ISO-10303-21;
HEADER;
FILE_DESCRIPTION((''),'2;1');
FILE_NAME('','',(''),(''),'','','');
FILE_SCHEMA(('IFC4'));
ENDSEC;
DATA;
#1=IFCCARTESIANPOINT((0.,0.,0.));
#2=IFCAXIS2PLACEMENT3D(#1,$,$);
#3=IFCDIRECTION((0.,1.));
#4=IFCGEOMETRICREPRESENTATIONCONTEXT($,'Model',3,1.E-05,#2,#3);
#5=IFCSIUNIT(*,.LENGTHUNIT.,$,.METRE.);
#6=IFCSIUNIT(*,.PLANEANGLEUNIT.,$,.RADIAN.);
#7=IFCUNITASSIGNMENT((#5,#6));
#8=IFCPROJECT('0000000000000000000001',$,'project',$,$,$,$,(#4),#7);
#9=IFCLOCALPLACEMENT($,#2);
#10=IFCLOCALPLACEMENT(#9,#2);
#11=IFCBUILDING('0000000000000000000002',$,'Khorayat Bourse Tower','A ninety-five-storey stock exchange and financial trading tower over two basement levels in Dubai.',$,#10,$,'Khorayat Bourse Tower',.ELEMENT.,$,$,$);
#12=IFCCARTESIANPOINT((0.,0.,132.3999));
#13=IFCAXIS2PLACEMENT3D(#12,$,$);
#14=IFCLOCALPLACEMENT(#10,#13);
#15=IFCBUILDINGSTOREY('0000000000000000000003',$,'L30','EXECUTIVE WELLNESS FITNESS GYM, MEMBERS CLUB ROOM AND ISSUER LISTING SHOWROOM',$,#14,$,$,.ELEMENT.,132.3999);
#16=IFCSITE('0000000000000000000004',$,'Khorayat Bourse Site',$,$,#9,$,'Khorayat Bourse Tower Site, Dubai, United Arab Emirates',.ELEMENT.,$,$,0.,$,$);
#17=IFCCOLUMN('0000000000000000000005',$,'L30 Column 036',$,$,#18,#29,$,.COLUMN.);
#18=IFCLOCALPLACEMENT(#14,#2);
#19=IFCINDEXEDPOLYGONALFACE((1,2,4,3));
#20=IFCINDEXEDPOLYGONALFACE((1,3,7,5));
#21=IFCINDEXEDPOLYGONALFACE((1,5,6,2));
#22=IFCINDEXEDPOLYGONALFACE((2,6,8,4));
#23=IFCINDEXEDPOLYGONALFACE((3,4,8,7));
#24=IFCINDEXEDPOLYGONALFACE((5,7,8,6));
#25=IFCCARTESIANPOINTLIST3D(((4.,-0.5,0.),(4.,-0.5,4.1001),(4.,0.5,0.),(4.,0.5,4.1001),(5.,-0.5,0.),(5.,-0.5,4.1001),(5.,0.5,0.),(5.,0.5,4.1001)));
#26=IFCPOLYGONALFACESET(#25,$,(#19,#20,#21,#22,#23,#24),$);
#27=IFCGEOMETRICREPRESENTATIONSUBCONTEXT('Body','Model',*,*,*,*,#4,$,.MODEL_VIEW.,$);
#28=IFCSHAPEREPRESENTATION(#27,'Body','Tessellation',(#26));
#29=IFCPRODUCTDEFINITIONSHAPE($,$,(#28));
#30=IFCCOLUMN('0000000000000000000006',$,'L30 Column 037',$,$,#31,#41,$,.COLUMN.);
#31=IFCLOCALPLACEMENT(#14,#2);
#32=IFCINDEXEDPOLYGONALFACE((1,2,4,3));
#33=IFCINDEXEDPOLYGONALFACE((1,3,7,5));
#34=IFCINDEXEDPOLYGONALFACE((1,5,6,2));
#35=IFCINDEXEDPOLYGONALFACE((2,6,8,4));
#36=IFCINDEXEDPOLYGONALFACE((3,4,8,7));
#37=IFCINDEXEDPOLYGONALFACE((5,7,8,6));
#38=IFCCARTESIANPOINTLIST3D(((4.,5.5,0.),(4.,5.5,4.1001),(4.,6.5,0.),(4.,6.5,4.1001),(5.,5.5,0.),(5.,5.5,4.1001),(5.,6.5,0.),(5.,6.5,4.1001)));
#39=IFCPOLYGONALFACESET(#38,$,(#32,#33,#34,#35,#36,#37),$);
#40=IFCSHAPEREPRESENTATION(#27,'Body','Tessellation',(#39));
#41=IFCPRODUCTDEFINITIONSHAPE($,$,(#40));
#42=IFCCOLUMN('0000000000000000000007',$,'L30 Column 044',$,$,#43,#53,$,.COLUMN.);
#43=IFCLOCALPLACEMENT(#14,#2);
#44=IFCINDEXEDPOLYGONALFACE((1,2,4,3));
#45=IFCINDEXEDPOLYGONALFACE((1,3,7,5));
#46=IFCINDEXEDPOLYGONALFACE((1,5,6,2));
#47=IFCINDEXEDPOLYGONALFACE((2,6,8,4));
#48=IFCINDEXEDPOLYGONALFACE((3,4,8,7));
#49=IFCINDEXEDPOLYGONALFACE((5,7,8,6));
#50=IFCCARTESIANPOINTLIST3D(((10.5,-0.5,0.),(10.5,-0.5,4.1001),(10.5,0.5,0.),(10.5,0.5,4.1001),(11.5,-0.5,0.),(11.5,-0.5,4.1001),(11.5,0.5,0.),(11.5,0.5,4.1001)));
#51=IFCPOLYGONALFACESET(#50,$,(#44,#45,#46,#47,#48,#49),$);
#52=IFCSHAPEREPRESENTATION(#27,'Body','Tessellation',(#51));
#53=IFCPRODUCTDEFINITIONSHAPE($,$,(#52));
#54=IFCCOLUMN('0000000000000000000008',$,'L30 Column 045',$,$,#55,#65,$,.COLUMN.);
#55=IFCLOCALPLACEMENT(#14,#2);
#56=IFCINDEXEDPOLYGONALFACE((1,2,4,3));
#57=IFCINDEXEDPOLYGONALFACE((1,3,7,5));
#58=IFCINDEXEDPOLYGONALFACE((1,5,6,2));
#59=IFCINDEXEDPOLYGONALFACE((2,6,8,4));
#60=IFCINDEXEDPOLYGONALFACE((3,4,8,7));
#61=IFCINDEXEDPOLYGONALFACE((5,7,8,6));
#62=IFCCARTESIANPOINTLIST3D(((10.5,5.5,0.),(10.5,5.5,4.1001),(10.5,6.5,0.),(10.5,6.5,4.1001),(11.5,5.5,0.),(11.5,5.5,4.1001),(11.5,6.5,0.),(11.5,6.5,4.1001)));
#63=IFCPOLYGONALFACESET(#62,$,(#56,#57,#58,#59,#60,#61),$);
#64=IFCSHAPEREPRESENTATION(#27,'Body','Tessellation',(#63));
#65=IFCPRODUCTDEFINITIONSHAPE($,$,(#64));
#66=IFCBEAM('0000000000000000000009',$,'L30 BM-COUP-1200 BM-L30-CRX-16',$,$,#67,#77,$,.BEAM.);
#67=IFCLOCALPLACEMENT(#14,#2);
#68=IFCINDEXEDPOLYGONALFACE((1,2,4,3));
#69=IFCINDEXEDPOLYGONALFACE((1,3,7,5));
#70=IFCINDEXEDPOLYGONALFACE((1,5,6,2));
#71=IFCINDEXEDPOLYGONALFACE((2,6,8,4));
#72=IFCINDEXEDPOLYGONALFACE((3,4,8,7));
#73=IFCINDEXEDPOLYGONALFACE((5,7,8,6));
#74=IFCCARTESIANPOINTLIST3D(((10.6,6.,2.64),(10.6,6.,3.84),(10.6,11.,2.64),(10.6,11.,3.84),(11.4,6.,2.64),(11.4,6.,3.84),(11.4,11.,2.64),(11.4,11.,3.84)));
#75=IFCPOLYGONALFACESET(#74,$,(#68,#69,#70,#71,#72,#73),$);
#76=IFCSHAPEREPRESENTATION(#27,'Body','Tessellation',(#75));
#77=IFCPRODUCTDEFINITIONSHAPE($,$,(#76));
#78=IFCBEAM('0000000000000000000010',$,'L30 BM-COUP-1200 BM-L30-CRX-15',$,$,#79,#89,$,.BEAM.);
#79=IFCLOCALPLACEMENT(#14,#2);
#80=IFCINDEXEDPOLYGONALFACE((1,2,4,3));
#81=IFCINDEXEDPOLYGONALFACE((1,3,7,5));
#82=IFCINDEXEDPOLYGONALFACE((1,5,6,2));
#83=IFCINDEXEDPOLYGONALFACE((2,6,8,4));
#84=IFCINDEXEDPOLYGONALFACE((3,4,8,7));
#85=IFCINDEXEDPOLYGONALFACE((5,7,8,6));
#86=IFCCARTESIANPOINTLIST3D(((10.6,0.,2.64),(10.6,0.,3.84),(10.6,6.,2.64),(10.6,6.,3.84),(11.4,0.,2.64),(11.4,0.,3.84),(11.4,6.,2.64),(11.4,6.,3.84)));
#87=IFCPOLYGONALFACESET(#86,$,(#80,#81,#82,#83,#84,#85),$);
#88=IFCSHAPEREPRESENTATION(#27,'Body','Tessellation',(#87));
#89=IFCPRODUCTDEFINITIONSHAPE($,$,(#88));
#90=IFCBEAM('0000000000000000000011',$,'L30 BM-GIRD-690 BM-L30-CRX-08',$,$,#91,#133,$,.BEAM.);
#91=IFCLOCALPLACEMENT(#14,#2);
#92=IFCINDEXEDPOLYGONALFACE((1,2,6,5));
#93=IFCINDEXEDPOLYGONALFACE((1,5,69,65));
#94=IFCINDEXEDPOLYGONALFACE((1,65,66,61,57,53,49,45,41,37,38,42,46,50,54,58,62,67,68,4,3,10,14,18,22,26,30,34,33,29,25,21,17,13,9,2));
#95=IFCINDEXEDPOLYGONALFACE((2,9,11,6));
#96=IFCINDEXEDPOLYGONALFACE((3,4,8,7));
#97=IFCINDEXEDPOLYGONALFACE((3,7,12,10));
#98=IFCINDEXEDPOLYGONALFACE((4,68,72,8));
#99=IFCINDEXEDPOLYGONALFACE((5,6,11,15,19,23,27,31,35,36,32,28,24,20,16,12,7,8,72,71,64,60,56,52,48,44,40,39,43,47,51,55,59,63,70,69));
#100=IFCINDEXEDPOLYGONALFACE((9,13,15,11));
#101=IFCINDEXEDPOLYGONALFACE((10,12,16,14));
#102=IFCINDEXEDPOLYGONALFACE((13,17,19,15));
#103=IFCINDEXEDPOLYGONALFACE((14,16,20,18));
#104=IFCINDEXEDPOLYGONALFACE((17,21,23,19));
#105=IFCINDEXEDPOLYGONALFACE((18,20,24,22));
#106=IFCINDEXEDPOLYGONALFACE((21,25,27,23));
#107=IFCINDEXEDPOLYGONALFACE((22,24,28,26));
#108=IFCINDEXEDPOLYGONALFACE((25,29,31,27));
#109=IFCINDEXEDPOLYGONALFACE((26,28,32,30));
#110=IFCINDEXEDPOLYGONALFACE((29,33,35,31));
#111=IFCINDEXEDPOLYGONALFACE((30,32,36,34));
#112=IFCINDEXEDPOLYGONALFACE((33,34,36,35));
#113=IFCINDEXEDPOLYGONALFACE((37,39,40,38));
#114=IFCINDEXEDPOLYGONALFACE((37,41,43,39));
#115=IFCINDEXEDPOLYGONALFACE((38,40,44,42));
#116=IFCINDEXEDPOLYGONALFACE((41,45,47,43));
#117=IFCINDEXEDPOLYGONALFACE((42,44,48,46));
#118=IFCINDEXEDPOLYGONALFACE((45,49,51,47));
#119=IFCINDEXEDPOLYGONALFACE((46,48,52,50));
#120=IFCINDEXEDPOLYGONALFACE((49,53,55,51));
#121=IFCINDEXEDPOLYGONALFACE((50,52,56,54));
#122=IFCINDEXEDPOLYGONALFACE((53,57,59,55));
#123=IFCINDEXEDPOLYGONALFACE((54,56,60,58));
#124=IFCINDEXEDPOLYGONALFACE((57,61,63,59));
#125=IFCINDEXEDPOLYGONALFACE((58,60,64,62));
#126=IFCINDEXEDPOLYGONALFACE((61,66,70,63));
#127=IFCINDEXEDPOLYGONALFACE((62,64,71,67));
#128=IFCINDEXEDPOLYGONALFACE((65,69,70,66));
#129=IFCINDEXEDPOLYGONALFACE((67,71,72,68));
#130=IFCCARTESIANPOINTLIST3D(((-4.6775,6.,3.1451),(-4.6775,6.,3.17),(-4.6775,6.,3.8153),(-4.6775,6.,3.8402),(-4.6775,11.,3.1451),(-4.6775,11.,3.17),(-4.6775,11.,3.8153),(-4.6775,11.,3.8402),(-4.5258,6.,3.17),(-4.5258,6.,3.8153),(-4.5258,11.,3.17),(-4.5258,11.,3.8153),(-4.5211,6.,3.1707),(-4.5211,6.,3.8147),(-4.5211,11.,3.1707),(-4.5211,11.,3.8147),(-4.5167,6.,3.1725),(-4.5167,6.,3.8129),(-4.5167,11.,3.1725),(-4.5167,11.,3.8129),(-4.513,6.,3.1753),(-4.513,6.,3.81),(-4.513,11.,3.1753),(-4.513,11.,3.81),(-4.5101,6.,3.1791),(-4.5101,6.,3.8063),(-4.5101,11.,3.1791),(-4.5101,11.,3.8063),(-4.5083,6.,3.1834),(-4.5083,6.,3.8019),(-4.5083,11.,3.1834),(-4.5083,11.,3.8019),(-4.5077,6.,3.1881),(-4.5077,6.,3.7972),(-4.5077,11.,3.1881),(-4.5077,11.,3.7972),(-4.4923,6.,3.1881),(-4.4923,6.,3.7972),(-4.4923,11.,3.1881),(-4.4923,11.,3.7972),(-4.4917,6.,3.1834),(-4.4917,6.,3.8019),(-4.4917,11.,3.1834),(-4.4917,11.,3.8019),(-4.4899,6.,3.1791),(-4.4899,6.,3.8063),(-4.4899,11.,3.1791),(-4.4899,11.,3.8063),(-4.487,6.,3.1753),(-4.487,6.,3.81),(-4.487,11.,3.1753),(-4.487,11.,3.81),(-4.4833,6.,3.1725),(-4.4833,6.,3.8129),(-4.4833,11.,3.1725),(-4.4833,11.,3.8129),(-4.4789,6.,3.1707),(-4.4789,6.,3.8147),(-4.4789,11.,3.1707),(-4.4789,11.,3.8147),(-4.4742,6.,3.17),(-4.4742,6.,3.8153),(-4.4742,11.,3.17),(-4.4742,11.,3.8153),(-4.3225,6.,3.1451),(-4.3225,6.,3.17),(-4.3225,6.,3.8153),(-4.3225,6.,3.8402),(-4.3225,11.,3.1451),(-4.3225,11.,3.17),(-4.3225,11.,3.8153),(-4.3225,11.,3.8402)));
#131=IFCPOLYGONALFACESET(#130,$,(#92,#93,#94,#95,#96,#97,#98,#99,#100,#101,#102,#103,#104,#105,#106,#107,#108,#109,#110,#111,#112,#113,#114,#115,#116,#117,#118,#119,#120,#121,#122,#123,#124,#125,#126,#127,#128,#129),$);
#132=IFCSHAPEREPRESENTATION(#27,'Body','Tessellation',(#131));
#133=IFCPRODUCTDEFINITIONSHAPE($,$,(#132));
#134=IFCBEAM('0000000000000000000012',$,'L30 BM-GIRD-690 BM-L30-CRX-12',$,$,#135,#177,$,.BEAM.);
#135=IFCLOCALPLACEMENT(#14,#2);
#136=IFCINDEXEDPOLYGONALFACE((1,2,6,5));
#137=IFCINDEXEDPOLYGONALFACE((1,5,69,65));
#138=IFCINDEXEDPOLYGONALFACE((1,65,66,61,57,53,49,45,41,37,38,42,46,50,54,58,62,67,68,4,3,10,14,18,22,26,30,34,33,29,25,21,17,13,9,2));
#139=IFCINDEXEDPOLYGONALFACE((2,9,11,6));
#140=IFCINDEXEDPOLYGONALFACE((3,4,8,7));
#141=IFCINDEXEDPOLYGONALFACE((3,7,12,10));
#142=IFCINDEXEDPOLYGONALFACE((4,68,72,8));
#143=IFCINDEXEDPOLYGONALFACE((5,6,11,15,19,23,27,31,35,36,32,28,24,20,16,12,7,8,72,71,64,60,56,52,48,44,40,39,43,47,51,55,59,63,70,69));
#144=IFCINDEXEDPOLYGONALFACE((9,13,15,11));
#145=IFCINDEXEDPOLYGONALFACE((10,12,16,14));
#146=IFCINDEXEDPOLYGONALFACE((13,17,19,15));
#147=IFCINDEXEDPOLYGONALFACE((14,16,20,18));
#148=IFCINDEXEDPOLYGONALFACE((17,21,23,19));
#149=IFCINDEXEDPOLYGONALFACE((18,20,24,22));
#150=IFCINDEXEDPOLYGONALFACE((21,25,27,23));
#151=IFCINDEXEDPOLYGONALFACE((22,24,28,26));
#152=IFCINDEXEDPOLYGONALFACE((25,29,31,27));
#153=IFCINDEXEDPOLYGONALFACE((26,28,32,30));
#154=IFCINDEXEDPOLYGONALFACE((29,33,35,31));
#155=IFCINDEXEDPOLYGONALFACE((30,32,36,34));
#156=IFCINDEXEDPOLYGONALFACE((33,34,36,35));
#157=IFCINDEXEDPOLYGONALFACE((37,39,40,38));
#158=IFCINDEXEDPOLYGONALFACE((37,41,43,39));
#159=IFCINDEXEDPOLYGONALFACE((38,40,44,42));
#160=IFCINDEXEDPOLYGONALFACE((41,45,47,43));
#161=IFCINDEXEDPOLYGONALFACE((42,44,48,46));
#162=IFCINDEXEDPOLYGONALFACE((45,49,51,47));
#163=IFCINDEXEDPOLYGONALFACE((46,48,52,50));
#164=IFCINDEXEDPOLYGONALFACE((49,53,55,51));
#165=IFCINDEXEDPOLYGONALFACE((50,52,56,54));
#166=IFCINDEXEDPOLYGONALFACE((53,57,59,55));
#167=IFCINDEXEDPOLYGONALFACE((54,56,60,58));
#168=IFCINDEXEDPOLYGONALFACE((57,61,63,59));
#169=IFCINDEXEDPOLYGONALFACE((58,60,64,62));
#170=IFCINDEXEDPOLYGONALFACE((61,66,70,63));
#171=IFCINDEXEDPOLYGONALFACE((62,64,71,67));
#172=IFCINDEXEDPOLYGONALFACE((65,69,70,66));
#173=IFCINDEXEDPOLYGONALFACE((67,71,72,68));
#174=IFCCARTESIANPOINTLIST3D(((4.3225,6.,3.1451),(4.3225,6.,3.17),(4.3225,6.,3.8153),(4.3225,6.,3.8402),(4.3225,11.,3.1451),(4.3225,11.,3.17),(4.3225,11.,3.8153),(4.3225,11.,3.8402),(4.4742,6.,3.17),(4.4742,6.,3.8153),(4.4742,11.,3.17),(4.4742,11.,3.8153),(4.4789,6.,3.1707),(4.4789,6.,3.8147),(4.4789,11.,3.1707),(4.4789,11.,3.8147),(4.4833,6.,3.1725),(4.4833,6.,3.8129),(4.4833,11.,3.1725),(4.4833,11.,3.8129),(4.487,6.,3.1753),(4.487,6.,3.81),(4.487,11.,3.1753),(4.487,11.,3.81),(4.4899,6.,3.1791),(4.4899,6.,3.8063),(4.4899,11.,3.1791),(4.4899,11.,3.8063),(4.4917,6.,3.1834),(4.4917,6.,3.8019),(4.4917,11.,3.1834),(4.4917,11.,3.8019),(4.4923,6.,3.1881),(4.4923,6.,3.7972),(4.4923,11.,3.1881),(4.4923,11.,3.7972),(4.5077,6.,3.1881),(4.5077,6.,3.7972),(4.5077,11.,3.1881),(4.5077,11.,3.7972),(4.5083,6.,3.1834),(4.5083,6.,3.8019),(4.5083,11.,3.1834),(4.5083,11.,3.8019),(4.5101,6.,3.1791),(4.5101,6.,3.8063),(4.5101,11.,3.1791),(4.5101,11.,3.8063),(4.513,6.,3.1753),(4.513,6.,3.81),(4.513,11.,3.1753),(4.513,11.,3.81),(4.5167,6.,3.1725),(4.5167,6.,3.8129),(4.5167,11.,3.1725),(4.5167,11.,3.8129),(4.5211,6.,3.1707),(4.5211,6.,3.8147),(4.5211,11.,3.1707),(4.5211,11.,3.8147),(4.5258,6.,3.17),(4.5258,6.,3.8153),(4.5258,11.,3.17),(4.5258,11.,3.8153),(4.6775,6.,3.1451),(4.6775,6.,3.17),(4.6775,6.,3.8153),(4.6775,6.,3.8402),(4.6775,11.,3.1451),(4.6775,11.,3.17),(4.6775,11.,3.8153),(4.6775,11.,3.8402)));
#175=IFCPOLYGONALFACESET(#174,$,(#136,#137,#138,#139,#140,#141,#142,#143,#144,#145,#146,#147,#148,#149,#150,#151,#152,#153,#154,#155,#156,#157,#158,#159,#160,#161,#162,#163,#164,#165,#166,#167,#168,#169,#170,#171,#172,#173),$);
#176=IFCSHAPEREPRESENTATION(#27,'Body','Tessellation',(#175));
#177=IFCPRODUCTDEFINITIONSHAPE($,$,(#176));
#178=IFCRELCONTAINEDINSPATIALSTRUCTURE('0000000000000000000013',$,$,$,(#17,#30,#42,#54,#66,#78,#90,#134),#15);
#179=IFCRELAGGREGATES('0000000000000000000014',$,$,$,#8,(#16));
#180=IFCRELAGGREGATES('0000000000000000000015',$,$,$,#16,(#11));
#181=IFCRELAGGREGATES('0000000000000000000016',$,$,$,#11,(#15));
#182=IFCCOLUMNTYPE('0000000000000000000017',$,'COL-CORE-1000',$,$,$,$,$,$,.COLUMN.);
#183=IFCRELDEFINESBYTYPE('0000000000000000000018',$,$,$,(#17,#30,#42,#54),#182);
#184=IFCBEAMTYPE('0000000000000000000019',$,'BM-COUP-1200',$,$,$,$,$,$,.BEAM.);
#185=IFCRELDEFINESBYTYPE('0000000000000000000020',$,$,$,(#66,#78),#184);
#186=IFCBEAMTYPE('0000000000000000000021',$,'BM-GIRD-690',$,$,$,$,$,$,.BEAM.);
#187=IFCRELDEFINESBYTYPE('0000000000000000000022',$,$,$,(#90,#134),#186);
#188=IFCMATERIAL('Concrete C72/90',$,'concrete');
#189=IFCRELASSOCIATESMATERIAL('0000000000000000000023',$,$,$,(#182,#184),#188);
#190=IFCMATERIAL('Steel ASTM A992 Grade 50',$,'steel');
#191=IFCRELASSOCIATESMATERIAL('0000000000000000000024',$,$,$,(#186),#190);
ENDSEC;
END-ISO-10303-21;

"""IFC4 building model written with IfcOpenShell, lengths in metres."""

from ifc_helpers import new_model, si_unit, direction, frame, origin, origin_2d, place, context, subcontext, project, spatial, rectangle, i_section, extrude, source, transform, mapped, material, material_profile, profile_set, type_object, element, save


model = new_model("IFC4")

# Units and contexts
model_context = context("Model", 3, precision=1e-05, world=origin(), true_north=direction((0.0, 1.0)))
body_context = subcontext(model_context, "Body", "Model", "MODEL_VIEW")
ifc_project = project(units=[si_unit("LENGTHUNIT", "METRE"), si_unit("PLANEANGLEUNIT", "RADIAN")], contexts=[model_context])

# Site, building, storey
site_placement = place(None, origin())
site = spatial("IfcSite", under=ifc_project, at=site_placement, Name="Khorayat Bourse Site", LongName="Khorayat Bourse Tower Site, Dubai, United Arab Emirates", CompositionType="ELEMENT", RefElevation=0.0)
building_placement = place(site_placement, origin())
building = spatial("IfcBuilding", under=site, at=building_placement, Name="Khorayat Bourse Tower", Description="A ninety-five-storey stock exchange and financial trading tower over two basement levels in Dubai.", LongName="Khorayat Bourse Tower", CompositionType="ELEMENT")
storey_placement = place(building_placement, frame((0.0, 0.0, 132.3999)))
storey = spatial("IfcBuildingStorey", under=building, at=storey_placement, Name="L30", Description="EXECUTIVE WELLNESS FITNESS GYM, MEMBERS CLUB ROOM AND ISSUER LISTING SHOWROOM", CompositionType="ELEMENT", Elevation=132.3999)

# Columns
ifc_material_1 = material(Name="Concrete C72/90", Category="concrete")
ifc_material_profile_1 = material_profile(ifc_material_1, rectangle(XDim=1.0, YDim=1.0, at=origin_2d()), Name="RC 1000x1000")
ifc_profile_set_1 = profile_set([ifc_material_profile_1], Name="Concrete C72/90")
column_type = type_object("IfcColumnType", Name="COL-CORE-1000", PredefinedType="COLUMN", material=ifc_profile_set_1)
shared_shape_1 = source(origin(), body_context, "Body", "SweptSolid", [
    extrude(rectangle(XDim=1.0, YDim=1.0, at=origin_2d()), origin(), (0.0, 0.0, 1.0), 4.1001),
])
for number, where, z_axis, x_axis, name in (
    (1, (4.5, 0.0, 0.0), (0.0, 0.0, 1.0), (1.0, 0.0, 0.0), "L30 Column 036"),
    (2, (4.5, 6.0, 0.0), (0.0, 0.0, 1.0), (1.0, 0.0, 0.0), "L30 Column 037"),
    (3, (11.0, 0.0, 0.0), (0.0, 0.0, 1.0), (1.0, 0.0, 0.0), "L30 Column 044"),
    (4, (11.0, 6.0, 0.0), (0.0, 0.0, 1.0), (1.0, 0.0, 0.0), "L30 Column 045"),
):
    element("IfcColumn", number, at=place(storey_placement, frame(where, z_axis=z_axis, x_axis=x_axis)), inside=storey, type_object=column_type, Name=name, PredefinedType="COLUMN", context=body_context, shape_type="MappedRepresentation", body=[
        mapped(shared_shape_1, transform((0.0, 0.0, 0.0), scale=1.0)),
    ])

# Beams
ifc_material_profile_2 = material_profile(ifc_material_1, rectangle(XDim=0.8, YDim=1.2, at=origin_2d()), Name="RC 800x1200")
ifc_profile_set_2 = profile_set([ifc_material_profile_2], Name="Concrete C72/90")
beam_type_1 = type_object("IfcBeamType", Name="BM-COUP-1200", PredefinedType="BEAM", material=ifc_profile_set_2)
shared_shape_2 = source(origin(), body_context, "Body", "SweptSolid", [
    extrude(rectangle(XDim=0.8, YDim=1.2, at=origin_2d()), origin(), (0.0, 0.0, 1.0), 5.0),
])
beam_1_placement = place(storey_placement, frame((11.0, 6.0, 3.24), z_axis=(0.0, 1.0, 0.0), x_axis=(-1.0, 0.0, 0.0)))
element("IfcBeam", 5, at=beam_1_placement, inside=storey, type_object=beam_type_1, Name="L30 BM-COUP-1200 BM-L30-CRX-16", PredefinedType="BEAM", context=body_context, shape_type="MappedRepresentation", body=[
    mapped(shared_shape_2, transform((0.0, 0.0, 0.0), scale=1.0)),
])
shared_shape_3 = source(origin(), body_context, "Body", "SweptSolid", [
    extrude(rectangle(XDim=0.8, YDim=1.2, at=origin_2d()), origin(), (0.0, 0.0, 1.0), 6.0),
])
beam_2_placement = place(storey_placement, frame((11.0, 0.0, 3.24), z_axis=(0.0, 1.0, 0.0), x_axis=(-1.0, 0.0, 0.0)))
element("IfcBeam", 6, at=beam_2_placement, inside=storey, type_object=beam_type_1, Name="L30 BM-COUP-1200 BM-L30-CRX-15", PredefinedType="BEAM", context=body_context, shape_type="MappedRepresentation", body=[
    mapped(shared_shape_3, transform((0.0, 0.0, 0.0), scale=1.0)),
])
ifc_material_2 = material(Name="Steel ASTM A992 Grade 50", Category="steel")
ifc_material_profile_3 = material_profile(ifc_material_2, i_section(OverallWidth=0.355, OverallDepth=0.6951, WebThickness=0.0154, FlangeThickness=0.0249, FilletRadius=0.0181, at=origin_2d()), Name="W690X217")
ifc_profile_set_3 = profile_set([ifc_material_profile_3], Name="Steel ASTM A992 Grade 50")
beam_type_2 = type_object("IfcBeamType", Name="BM-GIRD-690", PredefinedType="BEAM", material=ifc_profile_set_3)
shared_shape_4 = source(origin(), body_context, "Body", "SweptSolid", [
    extrude(i_section(OverallWidth=0.355, OverallDepth=0.6951, WebThickness=0.0154, FlangeThickness=0.0249, FilletRadius=0.0181, at=origin_2d()), origin(), (0.0, 0.0, 1.0), 5.0),
])
for number, where, z_axis, x_axis, name in (
    (7, (-4.5, 6.0, 3.4927), (0.0, 1.0, 0.0), (-1.0, 0.0, 0.0), "L30 BM-GIRD-690 BM-L30-CRX-08"),
    (8, (4.5, 6.0, 3.4927), (0.0, 1.0, 0.0), (-1.0, 0.0, 0.0), "L30 BM-GIRD-690 BM-L30-CRX-12"),
):
    element("IfcBeam", number, at=place(storey_placement, frame(where, z_axis=z_axis, x_axis=x_axis)), inside=storey, type_object=beam_type_2, Name=name, PredefinedType="BEAM", context=body_context, shape_type="MappedRepresentation", body=[
        mapped(shared_shape_4, transform((0.0, 0.0, 0.0), scale=1.0)),
    ])

save(model, "model.ifc")
